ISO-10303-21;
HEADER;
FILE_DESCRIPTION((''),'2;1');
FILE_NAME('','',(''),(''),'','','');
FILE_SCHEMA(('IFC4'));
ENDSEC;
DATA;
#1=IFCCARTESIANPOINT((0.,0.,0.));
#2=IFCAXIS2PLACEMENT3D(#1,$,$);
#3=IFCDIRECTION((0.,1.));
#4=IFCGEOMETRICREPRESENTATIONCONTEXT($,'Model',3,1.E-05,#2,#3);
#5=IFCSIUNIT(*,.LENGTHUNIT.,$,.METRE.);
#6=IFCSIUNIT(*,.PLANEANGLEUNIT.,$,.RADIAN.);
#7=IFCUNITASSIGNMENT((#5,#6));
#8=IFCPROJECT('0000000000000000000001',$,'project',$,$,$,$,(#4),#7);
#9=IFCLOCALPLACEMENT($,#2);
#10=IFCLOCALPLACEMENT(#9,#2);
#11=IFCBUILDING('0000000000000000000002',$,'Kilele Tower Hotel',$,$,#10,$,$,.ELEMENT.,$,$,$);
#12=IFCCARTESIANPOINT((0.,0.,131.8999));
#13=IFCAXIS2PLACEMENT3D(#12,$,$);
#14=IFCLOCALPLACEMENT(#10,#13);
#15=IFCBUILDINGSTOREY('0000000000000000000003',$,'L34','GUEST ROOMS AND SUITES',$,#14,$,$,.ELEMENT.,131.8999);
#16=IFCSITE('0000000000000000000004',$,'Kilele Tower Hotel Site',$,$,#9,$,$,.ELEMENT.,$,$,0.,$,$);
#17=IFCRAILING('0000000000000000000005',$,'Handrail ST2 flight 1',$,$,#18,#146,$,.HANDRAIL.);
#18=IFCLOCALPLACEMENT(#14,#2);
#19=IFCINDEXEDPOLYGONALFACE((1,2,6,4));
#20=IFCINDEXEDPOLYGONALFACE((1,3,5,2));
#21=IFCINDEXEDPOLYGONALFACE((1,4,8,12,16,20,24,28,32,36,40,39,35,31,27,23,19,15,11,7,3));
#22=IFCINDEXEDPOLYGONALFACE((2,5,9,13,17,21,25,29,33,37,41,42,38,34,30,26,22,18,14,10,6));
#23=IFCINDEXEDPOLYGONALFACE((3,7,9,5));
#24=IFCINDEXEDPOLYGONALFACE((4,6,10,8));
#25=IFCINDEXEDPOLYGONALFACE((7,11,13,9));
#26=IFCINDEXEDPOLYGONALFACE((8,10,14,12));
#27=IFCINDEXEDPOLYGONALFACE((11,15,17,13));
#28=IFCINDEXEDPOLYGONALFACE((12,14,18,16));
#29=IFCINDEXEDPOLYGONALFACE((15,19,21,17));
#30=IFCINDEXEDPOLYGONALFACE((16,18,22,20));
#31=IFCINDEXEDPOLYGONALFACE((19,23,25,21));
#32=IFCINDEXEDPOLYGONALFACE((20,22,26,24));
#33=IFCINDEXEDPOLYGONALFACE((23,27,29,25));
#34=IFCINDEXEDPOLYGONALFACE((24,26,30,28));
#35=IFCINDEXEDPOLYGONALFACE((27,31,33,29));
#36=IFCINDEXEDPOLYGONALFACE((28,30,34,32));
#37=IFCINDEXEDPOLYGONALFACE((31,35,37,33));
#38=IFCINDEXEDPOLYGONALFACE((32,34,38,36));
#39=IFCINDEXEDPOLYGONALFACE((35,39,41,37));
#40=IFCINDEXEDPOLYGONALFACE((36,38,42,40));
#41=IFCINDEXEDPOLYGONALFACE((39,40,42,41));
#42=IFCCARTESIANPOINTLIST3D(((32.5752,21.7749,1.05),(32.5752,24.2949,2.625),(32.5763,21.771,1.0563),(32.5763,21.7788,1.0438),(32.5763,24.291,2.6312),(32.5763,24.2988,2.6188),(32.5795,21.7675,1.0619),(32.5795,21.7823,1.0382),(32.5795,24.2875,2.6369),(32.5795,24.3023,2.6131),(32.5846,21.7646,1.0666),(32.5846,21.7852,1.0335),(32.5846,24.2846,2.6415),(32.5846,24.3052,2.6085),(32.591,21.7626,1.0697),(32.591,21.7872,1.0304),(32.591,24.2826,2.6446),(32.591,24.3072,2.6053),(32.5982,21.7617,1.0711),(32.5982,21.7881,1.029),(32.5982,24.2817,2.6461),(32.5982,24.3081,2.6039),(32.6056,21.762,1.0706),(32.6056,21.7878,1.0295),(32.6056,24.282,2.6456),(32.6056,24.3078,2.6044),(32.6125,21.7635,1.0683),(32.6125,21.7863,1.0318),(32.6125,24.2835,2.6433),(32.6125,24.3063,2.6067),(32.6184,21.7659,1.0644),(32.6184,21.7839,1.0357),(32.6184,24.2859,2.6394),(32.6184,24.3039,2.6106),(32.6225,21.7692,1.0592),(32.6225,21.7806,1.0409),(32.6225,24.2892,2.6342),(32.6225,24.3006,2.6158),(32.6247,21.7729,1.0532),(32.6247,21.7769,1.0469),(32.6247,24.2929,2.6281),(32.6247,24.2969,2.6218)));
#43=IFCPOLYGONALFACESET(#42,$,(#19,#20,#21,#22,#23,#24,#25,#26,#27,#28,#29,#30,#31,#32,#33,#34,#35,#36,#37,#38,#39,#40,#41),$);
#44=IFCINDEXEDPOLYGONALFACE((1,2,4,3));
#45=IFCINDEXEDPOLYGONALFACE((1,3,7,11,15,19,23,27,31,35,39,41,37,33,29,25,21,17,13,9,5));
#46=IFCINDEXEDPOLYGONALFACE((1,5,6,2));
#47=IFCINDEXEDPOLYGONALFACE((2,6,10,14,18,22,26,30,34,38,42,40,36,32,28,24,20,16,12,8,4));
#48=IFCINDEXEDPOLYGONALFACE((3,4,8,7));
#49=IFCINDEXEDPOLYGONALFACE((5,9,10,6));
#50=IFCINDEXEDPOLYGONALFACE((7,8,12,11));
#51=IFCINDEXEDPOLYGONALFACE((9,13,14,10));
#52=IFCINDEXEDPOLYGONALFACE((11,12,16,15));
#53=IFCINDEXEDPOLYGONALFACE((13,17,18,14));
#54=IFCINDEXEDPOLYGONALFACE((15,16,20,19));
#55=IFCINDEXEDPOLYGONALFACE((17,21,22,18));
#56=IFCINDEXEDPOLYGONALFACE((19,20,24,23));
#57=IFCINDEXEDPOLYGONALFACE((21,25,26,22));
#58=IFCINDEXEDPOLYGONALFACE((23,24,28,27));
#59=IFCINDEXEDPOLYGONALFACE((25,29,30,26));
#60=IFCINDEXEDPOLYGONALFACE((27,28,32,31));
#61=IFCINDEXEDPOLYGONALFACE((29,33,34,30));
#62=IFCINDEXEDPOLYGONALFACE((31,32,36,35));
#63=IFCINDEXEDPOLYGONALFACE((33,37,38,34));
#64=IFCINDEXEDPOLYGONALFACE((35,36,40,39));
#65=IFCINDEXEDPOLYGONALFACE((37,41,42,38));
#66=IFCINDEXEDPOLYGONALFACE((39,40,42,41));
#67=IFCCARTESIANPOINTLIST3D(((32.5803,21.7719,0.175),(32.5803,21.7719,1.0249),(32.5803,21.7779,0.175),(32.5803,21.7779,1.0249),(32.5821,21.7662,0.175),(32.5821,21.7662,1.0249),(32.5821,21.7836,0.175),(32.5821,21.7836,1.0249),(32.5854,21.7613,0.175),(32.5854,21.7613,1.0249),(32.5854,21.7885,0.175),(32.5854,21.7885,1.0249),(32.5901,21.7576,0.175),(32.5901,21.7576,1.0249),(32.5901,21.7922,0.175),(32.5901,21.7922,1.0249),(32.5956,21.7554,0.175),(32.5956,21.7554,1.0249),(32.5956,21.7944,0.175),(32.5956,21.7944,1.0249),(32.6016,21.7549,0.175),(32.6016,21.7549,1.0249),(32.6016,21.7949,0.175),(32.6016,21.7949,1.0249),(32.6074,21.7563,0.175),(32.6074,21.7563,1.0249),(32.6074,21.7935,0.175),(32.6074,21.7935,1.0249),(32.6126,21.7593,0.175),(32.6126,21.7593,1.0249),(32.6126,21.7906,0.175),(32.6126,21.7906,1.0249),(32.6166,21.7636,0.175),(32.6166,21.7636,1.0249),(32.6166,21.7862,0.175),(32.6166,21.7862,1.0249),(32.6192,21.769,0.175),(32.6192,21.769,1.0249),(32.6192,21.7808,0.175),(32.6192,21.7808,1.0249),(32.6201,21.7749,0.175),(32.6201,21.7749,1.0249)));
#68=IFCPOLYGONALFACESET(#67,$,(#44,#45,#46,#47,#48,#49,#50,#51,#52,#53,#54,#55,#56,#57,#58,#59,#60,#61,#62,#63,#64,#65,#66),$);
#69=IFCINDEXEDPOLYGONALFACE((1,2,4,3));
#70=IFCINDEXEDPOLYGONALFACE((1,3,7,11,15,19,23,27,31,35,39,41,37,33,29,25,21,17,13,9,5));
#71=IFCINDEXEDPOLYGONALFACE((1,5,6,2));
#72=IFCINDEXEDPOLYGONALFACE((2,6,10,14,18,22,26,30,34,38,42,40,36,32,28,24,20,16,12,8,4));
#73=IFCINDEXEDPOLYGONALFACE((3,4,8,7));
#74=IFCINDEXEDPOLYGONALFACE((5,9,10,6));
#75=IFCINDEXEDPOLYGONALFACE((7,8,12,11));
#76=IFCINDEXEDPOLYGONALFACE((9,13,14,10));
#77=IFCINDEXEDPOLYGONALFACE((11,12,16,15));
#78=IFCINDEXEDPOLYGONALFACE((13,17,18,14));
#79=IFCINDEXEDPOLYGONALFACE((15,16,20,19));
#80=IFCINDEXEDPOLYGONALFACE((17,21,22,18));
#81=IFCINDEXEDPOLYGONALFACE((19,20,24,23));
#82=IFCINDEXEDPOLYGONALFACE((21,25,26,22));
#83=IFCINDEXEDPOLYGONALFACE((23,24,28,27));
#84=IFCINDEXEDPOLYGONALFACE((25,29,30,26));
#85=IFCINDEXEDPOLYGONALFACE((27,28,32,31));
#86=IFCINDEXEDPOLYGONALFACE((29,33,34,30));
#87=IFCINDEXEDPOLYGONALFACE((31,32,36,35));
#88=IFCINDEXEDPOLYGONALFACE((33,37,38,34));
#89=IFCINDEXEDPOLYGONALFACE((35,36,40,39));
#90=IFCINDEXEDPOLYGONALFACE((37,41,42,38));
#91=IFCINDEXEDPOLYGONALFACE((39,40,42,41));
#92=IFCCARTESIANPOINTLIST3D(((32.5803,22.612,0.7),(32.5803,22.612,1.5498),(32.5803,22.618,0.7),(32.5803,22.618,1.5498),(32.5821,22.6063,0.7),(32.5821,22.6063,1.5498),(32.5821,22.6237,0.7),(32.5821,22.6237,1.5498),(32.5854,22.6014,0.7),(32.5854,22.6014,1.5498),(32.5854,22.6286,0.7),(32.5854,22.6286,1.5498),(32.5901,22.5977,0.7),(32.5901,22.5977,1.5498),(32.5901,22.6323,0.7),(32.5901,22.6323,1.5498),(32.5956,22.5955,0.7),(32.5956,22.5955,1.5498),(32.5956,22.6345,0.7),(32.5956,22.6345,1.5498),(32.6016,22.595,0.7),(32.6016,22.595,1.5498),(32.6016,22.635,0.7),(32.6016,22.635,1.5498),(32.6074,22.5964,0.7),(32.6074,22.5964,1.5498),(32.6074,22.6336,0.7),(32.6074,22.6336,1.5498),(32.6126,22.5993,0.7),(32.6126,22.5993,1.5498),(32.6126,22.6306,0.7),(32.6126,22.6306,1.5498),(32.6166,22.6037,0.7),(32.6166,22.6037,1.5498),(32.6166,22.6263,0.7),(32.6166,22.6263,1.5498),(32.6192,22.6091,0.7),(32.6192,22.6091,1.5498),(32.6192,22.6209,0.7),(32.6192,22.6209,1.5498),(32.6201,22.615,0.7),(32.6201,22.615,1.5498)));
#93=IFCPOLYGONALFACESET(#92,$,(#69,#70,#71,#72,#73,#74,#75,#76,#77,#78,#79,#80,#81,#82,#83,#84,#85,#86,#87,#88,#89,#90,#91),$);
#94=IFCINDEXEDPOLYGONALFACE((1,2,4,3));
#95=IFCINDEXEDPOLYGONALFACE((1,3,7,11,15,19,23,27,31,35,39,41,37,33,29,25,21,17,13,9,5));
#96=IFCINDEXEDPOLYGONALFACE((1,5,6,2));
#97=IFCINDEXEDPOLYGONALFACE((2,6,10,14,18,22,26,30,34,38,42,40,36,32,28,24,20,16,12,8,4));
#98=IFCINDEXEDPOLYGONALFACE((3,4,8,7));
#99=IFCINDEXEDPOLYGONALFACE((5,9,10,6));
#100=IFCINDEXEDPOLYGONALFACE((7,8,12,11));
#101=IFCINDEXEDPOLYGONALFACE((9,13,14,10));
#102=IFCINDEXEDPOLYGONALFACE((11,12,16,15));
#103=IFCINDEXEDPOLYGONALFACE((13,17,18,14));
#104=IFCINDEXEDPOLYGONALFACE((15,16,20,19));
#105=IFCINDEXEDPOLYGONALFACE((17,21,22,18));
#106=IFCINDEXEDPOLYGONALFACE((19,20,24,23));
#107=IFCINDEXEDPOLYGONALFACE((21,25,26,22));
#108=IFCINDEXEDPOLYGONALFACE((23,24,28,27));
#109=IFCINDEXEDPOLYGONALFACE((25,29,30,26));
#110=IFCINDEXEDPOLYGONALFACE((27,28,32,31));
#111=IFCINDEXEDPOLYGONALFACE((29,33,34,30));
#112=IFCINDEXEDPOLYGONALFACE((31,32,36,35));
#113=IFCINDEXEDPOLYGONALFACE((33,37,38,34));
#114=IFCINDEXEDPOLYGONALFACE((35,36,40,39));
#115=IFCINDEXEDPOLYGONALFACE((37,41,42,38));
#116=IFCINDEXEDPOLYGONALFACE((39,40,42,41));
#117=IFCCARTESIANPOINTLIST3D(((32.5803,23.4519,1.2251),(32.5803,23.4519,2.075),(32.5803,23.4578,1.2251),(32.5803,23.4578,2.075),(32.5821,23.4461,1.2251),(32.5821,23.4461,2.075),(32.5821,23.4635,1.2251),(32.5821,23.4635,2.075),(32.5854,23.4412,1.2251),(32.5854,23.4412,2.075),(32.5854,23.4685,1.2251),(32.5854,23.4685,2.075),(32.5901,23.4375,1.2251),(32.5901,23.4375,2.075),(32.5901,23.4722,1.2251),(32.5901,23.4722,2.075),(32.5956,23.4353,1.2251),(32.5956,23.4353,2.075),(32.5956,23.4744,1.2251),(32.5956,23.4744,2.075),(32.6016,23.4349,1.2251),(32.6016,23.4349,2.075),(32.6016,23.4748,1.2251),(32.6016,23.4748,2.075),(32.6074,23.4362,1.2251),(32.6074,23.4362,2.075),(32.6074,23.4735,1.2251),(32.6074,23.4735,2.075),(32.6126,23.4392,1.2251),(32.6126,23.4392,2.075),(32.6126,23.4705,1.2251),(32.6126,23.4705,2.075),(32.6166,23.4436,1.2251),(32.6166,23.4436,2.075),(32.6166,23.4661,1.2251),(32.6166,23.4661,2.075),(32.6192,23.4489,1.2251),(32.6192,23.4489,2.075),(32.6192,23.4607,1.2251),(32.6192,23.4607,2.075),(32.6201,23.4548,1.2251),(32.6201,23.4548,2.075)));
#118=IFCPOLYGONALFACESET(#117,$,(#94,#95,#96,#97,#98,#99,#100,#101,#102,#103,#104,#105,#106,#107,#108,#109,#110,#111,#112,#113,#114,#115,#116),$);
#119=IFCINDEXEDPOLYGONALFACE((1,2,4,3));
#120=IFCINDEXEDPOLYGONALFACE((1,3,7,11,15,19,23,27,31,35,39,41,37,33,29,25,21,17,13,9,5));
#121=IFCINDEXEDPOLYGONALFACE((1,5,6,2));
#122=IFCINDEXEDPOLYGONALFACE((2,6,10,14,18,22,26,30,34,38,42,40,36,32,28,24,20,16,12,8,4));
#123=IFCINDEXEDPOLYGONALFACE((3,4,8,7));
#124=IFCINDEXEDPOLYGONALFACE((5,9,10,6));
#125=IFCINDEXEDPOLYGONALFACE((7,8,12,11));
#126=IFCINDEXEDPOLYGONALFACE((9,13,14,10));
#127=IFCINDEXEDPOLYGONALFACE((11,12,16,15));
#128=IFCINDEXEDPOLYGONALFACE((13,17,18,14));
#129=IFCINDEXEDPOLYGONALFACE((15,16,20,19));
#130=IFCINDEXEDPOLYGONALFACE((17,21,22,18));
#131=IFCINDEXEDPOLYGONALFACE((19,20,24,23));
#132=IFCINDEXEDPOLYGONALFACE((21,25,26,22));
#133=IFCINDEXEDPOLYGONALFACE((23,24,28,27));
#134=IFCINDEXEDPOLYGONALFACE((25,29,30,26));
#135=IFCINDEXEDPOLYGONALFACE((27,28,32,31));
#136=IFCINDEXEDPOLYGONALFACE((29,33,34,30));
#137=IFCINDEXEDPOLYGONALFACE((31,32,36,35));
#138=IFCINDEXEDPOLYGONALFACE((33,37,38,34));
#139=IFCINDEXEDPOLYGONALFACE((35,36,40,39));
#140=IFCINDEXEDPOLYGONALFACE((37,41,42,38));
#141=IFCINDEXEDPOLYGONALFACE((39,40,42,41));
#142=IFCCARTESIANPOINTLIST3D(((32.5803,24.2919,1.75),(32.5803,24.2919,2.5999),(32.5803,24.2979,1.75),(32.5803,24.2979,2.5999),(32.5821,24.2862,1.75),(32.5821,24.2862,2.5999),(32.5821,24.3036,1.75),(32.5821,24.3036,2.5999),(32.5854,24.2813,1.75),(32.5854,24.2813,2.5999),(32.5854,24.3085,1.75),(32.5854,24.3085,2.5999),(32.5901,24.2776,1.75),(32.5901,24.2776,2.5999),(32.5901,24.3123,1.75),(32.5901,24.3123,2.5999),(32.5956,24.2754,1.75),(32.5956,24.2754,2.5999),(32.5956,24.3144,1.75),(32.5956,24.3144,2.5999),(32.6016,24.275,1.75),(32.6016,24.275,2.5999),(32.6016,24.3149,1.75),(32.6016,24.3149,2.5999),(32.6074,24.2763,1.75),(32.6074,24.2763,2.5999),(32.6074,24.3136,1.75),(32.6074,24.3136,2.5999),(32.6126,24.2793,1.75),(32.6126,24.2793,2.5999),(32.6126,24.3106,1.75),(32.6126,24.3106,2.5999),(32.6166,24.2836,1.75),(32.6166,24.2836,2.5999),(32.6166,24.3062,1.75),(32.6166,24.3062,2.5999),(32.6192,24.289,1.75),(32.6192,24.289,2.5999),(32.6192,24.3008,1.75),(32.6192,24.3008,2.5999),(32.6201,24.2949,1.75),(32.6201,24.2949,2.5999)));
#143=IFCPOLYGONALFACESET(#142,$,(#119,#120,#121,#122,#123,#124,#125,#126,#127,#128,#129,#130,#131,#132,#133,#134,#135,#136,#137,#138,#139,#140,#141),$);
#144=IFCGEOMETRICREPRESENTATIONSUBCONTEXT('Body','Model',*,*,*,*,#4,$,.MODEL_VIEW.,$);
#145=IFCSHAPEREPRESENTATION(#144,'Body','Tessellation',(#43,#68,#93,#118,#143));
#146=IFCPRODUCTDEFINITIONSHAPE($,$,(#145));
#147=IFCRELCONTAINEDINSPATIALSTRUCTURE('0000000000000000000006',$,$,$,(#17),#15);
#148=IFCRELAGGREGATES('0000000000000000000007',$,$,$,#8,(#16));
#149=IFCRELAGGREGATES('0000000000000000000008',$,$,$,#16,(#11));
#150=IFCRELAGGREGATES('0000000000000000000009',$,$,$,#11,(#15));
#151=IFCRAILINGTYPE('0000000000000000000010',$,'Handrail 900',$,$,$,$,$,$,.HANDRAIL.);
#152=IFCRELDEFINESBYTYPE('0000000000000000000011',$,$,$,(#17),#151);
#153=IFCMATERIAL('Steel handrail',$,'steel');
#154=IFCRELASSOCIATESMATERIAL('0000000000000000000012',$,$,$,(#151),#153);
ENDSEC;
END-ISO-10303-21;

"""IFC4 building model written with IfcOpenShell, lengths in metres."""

from ifc_helpers import new_model, si_unit, direction, frame, origin, origin_2d, place, context, subcontext, project, spatial, circle, extrude, material, type_object, element, save


model = new_model("IFC4")

# Units and contexts
model_context = context("Model", 3, precision=1e-05, world=origin(), true_north=direction((0.0, 1.0)))
body_context = subcontext(model_context, "Body", "Model", "MODEL_VIEW")
ifc_project = project(units=[si_unit("LENGTHUNIT", "METRE"), si_unit("PLANEANGLEUNIT", "RADIAN")], contexts=[model_context])

# Site, building, storey
site_placement = place(None, origin())
site = spatial("IfcSite", under=ifc_project, at=site_placement, Name="Kilele Tower Hotel Site", CompositionType="ELEMENT", RefElevation=0.0)
building_placement = place(site_placement, origin())
building = spatial("IfcBuilding", under=site, at=building_placement, Name="Kilele Tower Hotel", CompositionType="ELEMENT")
storey_placement = place(building_placement, frame((0.0, 0.0, 131.8999)))
storey = spatial("IfcBuildingStorey", under=building, at=storey_placement, Name="L34", Description="GUEST ROOMS AND SUITES", CompositionType="ELEMENT", Elevation=131.8999)

# Railing
ifc_material_1 = material(Name="Steel handrail", Category="steel")
railing_type_1 = type_object("IfcRailingType", Name="Handrail 900", PredefinedType="HANDRAIL", material=ifc_material_1)
for number, where, name in (
    (1, (32.6001, 21.7749, 0.175), "Handrail ST2 flight 1"),
):
    element("IfcRailing", number, at=place(storey_placement, frame(where)), inside=storey, type_object=railing_type_1, Name=name, PredefinedType="HANDRAIL", context=body_context, shape_type="SweptSolid", body=[
        extrude(circle(Radius=0.0249, at=origin_2d()), frame((0.0, 0.0, 0.875), z_axis=(0.0, 0.848008, 0.529984), x_axis=(-1.0, 0.0, 0.0)), (0.0, 0.0, 1.0), 2.9717),
        extrude(circle(Radius=0.02, at=origin_2d()), origin(), (0.0, 0.0, 1.0), 0.8499),
        extrude(circle(Radius=0.02, at=origin_2d()), frame((0.0, 0.8401, 0.5249)), (0.0, 0.0, 1.0), 0.8499),
        extrude(circle(Radius=0.02, at=origin_2d()), frame((0.0, 1.6799, 1.05)), (0.0, 0.0, 1.0), 0.8499),
        extrude(circle(Radius=0.02, at=origin_2d()), frame((0.0, 2.52, 1.575)), (0.0, 0.0, 1.0), 0.8499),
    ])

save(model, "model.ifc")
